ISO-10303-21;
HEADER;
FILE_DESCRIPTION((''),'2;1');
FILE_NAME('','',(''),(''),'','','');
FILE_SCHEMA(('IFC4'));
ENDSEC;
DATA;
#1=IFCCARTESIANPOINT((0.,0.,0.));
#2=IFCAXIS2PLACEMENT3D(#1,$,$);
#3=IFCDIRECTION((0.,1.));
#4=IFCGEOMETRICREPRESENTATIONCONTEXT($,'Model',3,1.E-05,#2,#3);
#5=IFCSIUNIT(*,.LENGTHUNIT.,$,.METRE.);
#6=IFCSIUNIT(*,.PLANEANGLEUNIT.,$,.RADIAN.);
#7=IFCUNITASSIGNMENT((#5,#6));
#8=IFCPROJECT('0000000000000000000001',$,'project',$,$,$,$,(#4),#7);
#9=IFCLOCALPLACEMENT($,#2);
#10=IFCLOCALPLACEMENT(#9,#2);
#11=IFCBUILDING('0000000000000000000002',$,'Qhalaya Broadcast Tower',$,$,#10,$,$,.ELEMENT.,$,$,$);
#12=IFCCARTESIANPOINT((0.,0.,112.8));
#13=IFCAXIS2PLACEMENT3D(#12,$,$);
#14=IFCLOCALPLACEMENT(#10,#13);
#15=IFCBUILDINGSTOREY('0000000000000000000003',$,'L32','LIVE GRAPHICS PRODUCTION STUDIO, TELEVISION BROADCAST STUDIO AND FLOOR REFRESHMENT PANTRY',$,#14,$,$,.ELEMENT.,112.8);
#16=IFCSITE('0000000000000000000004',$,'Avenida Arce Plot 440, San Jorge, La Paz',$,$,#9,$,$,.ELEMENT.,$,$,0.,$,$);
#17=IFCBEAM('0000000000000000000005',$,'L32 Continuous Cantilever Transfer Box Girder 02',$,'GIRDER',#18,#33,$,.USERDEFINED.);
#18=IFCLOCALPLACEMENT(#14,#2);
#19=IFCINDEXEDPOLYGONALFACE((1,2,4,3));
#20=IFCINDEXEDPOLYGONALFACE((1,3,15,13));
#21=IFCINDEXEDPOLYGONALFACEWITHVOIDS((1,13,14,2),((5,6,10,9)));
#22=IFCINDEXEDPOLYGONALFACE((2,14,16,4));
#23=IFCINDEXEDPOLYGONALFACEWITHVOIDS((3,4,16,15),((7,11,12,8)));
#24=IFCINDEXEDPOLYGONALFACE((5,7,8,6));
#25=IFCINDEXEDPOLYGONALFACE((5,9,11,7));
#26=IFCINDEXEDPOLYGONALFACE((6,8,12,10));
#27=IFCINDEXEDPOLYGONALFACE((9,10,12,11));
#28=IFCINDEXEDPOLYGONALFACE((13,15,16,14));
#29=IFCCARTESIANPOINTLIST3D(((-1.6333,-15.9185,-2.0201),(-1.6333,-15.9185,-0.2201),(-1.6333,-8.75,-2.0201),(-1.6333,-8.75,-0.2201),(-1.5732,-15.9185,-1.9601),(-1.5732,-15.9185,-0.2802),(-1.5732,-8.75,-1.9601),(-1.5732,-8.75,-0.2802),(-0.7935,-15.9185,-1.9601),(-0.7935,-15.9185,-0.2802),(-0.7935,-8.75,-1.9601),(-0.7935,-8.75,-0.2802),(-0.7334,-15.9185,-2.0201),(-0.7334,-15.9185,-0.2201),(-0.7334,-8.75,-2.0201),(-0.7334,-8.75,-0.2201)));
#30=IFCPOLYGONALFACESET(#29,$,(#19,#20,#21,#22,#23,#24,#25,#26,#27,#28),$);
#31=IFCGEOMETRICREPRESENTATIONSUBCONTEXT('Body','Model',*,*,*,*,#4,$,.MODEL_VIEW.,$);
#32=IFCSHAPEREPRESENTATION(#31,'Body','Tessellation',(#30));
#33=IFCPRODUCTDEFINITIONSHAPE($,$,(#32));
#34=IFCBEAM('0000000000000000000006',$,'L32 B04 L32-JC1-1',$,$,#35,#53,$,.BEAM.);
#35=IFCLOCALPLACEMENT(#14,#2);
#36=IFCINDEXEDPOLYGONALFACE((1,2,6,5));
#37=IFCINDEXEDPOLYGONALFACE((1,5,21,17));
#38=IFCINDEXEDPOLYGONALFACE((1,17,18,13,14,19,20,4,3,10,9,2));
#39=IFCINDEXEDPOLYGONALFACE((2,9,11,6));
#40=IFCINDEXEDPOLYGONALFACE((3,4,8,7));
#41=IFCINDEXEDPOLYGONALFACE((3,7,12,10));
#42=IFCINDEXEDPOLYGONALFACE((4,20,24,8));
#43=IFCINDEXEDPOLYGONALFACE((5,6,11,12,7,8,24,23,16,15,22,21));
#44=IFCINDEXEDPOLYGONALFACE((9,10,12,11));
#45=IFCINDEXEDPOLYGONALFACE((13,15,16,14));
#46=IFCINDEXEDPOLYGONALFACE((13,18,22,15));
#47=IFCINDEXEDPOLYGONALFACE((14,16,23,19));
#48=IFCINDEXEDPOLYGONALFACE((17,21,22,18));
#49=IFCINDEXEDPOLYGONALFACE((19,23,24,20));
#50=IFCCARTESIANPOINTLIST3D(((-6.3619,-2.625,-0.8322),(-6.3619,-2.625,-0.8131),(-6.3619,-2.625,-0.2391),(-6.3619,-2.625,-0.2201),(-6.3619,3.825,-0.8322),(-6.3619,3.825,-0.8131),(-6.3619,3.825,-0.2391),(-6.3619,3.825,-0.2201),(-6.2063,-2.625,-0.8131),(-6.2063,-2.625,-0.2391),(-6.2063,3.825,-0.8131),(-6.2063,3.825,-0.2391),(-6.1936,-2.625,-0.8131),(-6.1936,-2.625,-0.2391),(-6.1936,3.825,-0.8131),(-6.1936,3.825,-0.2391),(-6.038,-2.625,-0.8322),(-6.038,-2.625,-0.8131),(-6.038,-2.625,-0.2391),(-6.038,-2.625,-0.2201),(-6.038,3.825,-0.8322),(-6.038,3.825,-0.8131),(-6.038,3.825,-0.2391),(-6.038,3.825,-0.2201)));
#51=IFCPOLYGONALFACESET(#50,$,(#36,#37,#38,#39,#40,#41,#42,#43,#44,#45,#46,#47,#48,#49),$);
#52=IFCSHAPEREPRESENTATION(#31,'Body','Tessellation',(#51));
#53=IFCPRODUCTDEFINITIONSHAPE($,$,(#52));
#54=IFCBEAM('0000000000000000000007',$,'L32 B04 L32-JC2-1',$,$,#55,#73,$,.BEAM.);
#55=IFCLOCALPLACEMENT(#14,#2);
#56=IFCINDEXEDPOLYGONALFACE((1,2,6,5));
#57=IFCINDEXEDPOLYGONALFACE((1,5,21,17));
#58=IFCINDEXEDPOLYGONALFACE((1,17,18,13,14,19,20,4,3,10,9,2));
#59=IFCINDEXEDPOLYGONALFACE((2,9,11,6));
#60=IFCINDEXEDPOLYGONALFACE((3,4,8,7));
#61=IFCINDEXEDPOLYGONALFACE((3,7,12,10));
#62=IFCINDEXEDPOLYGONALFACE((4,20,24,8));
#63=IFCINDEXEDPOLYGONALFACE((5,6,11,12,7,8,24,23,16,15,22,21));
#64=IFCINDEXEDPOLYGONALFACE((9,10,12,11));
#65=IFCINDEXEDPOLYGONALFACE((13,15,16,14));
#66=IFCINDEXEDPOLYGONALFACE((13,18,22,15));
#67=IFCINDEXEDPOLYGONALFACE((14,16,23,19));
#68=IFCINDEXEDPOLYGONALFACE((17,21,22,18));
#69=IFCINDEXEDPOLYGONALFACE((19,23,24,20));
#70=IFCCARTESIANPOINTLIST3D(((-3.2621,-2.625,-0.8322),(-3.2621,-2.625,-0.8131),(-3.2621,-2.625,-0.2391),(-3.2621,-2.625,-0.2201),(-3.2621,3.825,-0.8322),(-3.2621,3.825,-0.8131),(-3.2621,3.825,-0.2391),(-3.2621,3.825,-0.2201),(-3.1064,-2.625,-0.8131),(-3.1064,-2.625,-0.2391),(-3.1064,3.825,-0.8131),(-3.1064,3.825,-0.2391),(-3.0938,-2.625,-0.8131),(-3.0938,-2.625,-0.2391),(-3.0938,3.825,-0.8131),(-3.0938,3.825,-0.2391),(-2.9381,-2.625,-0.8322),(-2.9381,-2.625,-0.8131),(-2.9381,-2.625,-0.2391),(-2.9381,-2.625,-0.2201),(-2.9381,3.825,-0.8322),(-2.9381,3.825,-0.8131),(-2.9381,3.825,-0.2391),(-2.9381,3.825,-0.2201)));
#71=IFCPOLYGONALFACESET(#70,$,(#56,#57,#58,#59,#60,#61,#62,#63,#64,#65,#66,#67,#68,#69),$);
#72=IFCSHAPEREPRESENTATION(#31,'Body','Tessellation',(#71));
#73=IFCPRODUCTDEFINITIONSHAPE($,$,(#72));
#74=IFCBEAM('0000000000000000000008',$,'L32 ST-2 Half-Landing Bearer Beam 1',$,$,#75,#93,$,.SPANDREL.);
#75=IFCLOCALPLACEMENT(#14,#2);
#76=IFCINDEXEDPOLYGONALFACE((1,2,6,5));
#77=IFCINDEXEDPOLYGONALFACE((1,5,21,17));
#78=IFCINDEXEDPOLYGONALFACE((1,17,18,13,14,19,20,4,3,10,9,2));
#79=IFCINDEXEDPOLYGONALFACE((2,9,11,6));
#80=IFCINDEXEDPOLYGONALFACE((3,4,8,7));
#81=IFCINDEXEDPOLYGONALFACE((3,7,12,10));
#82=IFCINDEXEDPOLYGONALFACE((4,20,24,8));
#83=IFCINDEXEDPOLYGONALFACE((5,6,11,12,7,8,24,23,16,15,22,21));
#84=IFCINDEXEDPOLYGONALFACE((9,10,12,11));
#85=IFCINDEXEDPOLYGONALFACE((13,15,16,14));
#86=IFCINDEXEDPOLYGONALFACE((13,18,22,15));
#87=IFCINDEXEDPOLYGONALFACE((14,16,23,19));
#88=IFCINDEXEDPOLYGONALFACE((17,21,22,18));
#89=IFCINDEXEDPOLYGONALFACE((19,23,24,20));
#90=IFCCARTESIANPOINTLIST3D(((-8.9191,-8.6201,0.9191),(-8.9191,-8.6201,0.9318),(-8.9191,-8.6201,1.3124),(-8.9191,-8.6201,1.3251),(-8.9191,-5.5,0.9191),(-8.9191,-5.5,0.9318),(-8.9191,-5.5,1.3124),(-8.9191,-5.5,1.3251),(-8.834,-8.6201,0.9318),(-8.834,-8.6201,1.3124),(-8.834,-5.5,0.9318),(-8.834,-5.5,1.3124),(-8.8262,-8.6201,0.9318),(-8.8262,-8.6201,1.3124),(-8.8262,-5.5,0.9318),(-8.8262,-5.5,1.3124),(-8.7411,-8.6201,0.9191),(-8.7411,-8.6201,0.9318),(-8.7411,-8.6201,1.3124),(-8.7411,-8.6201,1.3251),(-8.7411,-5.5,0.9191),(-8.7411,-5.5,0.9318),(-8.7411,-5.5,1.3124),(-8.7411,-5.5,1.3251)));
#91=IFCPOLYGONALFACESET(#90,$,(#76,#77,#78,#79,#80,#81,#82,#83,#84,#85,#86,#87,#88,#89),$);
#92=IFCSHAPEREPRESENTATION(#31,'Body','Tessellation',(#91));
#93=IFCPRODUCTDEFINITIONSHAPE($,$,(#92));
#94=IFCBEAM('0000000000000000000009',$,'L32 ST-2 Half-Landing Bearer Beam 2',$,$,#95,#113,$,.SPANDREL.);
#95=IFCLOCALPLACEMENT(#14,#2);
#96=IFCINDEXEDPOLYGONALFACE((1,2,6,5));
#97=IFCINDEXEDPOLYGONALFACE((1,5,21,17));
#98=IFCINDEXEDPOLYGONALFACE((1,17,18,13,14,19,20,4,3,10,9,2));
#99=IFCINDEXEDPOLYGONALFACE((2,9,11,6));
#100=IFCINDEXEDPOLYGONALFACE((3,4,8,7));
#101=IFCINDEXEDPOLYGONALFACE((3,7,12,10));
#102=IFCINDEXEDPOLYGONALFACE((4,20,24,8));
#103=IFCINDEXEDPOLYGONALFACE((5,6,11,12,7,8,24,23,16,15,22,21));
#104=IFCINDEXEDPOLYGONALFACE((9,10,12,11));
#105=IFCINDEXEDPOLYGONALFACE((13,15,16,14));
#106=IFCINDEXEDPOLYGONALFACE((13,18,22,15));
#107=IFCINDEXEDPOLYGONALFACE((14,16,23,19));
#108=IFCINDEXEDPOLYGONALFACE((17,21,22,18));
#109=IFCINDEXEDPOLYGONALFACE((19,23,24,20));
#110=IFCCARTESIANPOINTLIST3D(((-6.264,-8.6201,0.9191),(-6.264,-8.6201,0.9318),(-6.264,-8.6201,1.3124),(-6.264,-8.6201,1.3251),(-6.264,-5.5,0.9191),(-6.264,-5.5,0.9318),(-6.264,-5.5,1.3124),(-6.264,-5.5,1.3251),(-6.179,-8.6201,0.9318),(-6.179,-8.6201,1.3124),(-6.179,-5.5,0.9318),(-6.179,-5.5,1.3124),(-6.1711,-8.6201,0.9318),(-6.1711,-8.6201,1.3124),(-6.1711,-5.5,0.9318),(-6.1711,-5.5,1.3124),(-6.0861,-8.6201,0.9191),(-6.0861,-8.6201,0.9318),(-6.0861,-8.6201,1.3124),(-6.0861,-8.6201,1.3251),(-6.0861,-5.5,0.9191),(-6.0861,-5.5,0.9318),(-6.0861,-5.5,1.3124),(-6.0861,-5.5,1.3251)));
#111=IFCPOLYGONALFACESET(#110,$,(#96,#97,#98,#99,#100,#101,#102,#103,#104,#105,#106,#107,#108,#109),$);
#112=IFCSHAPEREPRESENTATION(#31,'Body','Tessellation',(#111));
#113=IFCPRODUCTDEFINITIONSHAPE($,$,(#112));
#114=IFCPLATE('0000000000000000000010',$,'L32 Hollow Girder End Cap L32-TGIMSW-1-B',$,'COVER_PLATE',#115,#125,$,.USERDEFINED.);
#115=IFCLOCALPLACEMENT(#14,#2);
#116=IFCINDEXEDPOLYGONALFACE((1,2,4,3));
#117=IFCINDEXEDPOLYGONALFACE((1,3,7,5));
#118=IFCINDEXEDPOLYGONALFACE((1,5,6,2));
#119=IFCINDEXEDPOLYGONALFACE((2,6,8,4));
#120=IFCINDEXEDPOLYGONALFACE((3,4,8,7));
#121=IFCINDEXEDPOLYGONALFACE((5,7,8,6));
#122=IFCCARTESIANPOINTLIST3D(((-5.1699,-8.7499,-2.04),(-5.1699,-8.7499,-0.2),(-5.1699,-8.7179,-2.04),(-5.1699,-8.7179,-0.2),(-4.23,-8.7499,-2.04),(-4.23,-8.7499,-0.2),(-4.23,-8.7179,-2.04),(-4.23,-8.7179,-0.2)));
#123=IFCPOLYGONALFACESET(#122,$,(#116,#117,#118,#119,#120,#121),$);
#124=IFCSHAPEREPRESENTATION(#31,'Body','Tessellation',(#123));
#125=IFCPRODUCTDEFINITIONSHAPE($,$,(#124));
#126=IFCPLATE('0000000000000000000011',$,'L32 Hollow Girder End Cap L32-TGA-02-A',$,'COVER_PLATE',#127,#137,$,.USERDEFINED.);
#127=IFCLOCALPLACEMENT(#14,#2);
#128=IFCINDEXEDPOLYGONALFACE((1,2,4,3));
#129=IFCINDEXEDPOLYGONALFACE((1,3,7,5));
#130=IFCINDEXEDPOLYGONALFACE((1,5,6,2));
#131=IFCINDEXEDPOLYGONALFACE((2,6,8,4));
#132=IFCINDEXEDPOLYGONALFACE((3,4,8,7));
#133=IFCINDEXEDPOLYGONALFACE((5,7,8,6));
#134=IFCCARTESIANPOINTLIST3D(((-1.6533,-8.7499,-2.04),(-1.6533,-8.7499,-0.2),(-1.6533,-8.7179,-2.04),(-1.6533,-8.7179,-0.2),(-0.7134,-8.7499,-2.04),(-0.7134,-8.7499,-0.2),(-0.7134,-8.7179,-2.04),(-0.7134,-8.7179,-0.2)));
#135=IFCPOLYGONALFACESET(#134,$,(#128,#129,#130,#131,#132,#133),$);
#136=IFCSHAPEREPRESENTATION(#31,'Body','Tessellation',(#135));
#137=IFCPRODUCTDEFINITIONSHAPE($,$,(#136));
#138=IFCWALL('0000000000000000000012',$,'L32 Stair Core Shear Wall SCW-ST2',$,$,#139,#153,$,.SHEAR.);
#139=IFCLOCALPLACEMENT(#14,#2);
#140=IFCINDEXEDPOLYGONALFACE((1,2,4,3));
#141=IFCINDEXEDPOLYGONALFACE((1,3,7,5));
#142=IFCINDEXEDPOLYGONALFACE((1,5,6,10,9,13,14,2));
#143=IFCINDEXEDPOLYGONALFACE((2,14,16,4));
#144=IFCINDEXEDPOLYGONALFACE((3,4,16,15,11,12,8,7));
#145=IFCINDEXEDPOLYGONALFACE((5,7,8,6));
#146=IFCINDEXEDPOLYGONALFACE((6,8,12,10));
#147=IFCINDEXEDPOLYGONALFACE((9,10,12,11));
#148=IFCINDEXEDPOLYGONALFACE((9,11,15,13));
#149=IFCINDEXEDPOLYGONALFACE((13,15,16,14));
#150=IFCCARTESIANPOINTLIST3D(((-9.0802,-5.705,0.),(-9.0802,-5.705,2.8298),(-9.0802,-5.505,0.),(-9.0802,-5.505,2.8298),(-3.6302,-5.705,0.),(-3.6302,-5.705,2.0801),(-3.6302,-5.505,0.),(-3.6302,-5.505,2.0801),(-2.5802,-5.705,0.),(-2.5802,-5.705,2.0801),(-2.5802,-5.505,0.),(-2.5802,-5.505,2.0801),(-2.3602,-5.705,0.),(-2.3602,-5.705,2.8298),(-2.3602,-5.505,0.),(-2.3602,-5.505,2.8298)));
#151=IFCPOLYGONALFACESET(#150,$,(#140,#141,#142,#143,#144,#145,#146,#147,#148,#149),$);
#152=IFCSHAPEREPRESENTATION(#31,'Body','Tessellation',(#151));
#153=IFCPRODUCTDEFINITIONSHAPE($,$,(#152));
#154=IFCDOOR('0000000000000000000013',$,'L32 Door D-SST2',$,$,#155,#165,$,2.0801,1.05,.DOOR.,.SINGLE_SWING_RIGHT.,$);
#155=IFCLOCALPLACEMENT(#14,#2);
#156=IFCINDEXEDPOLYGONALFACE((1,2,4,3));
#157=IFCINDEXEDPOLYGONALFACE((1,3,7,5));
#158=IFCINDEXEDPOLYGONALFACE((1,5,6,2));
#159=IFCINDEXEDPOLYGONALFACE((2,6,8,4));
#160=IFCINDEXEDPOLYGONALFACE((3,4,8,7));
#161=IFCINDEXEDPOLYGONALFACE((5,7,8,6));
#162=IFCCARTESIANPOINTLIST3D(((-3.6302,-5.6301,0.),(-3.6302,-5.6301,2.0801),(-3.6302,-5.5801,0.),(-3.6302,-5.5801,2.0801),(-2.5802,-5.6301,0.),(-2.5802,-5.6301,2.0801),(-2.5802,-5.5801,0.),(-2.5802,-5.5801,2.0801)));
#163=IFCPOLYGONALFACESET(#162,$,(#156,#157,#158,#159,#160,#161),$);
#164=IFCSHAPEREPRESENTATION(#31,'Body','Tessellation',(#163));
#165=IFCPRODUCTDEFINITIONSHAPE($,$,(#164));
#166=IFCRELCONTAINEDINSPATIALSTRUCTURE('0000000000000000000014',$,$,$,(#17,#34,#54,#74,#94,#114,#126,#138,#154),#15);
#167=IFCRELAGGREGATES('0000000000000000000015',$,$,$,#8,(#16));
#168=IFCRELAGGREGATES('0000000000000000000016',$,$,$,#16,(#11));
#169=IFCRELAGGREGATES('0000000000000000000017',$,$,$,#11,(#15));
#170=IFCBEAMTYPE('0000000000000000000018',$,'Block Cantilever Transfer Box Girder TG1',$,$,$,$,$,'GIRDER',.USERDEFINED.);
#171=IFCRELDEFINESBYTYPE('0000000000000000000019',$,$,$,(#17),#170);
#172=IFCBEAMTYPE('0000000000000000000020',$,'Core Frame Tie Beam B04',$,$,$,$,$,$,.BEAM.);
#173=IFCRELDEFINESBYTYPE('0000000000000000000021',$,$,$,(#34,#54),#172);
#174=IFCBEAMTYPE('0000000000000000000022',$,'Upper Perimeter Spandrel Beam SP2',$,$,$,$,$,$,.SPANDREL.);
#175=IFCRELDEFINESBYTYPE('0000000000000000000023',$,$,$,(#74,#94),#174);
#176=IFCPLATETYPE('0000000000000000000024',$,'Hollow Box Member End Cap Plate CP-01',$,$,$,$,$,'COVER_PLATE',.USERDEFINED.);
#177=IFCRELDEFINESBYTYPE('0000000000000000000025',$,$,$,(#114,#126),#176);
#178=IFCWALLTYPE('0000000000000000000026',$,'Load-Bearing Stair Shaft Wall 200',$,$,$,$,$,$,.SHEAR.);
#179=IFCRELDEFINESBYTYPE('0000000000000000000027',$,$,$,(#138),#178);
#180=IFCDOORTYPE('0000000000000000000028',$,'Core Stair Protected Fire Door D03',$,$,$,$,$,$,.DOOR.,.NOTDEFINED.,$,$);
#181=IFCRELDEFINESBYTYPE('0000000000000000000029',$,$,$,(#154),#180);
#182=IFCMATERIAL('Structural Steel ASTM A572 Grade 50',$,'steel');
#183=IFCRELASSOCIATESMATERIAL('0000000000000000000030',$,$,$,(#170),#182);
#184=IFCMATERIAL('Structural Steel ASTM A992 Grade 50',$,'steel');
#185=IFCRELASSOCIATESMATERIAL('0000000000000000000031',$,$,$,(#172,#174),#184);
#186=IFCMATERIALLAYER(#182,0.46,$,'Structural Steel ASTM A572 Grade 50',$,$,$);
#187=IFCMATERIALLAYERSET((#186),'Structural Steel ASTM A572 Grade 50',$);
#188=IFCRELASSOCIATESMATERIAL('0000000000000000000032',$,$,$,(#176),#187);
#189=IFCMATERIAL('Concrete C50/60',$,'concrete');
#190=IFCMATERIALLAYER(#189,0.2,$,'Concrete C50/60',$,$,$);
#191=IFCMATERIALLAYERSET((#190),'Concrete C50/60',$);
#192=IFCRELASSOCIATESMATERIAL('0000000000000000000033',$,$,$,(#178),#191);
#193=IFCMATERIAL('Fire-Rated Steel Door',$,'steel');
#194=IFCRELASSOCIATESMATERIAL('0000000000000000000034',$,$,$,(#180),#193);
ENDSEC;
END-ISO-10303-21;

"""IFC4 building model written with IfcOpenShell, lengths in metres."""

from ifc_helpers import new_model, si_unit, direction, frame, frame_2d, origin, origin_2d, place, context, subcontext, project, spatial, rectangle, hollow_rectangle, i_section, extrude, material, layer, layer_set, material_profile, profile_set, type_object, element, fill, save


model = new_model("IFC4")

# Units and contexts
model_context = context("Model", 3, precision=1e-05, world=origin(), true_north=direction((0.0, 1.0)))
body_context = subcontext(model_context, "Body", "Model", "MODEL_VIEW")
ifc_project = project(units=[si_unit("LENGTHUNIT", "METRE"), si_unit("PLANEANGLEUNIT", "RADIAN")], contexts=[model_context])

# Site, building, storey
site_placement = place(None, origin())
site = spatial("IfcSite", under=ifc_project, at=site_placement, Name="Avenida Arce Plot 440, San Jorge, La Paz", CompositionType="ELEMENT", RefElevation=0.0)
building_placement = place(site_placement, origin())
building = spatial("IfcBuilding", under=site, at=building_placement, Name="Qhalaya Broadcast Tower", CompositionType="ELEMENT")
storey_placement = place(building_placement, frame((0.0, 0.0, 112.8)))
storey = spatial("IfcBuildingStorey", under=building, at=storey_placement, Name="L32", Description="LIVE GRAPHICS PRODUCTION STUDIO, TELEVISION BROADCAST STUDIO AND FLOOR REFRESHMENT PANTRY", CompositionType="ELEMENT", Elevation=112.8)

# Beams
ifc_material_1 = material(Name="Structural Steel ASTM A572 Grade 50", Category="steel")
ifc_material_profile_1 = material_profile(ifc_material_1, hollow_rectangle(XDim=0.8999, YDim=1.8, WallThickness=0.0601, at=origin_2d()), Name="BOX 900x1800x60")
ifc_profile_set_1 = profile_set([ifc_material_profile_1], Name="Structural Steel ASTM A572 Grade 50")
beam_type_1 = type_object("IfcBeamType", Name="Block Cantilever Transfer Box Girder TG1", ElementType="GIRDER", PredefinedType="USERDEFINED", material=ifc_profile_set_1)
beam_placement = place(storey_placement, frame((-1.1833, -8.75, -1.1201), z_axis=(0.0, -1.0, 0.0), x_axis=(1.0, 0.0, 0.0)))
element("IfcBeam", 1, at=beam_placement, inside=storey, type_object=beam_type_1, Name="L32 Continuous Cantilever Transfer Box Girder 02", ObjectType="GIRDER", PredefinedType="USERDEFINED", context=body_context, shape_type="SweptSolid", body=[
    extrude(hollow_rectangle(XDim=0.8999, YDim=1.8, WallThickness=0.0601, at=origin_2d()), origin(), (0.0, 0.0, 1.0), 7.1685),
])
ifc_material_2 = material(Name="Structural Steel ASTM A992 Grade 50", Category="steel")
ifc_material_profile_2 = material_profile(ifc_material_2, i_section(OverallWidth=0.324, OverallDepth=0.6121, WebThickness=0.0127, FlangeThickness=0.019, at=origin_2d()), Name="W24X104")
ifc_profile_set_2 = profile_set([ifc_material_profile_2], Name="Structural Steel ASTM A992 Grade 50")
beam_type_2 = type_object("IfcBeamType", Name="Core Frame Tie Beam B04", PredefinedType="BEAM", material=ifc_profile_set_2)
for number, where, z_axis, x_axis, name in (
    (2, (-6.2, -2.625, -0.5261), (0.0, 1.0, 0.0), (-1.0, 0.0, 0.0), "L32 B04 L32-JC1-1"),
    (3, (-3.1001, -2.625, -0.5261), (0.0, 1.0, 0.0), (-1.0, 0.0, 0.0), "L32 B04 L32-JC2-1"),
):
    element("IfcBeam", number, at=place(storey_placement, frame(where, z_axis=z_axis, x_axis=x_axis)), inside=storey, type_object=beam_type_2, Name=name, PredefinedType="BEAM", context=body_context, shape_type="SweptSolid", body=[
        extrude(i_section(OverallWidth=0.324, OverallDepth=0.6121, WebThickness=0.0127, FlangeThickness=0.019, at=origin_2d()), origin(), (0.0, 0.0, 1.0), 6.45),
    ])
ifc_material_profile_3 = material_profile(ifc_material_2, i_section(OverallWidth=0.178, OverallDepth=0.406, WebThickness=0.0078, FlangeThickness=0.0127, at=origin_2d()), Name="W16X40")
ifc_profile_set_3 = profile_set([ifc_material_profile_3], Name="Structural Steel ASTM A992 Grade 50")
beam_type_3 = type_object("IfcBeamType", Name="Upper Perimeter Spandrel Beam SP2", PredefinedType="SPANDREL", material=ifc_profile_set_3)
for number, where, z_axis, x_axis, name in (
    (4, (-8.8301, -8.6201, 1.1221), (0.0, 1.0, 0.0), (-1.0, 0.0, 0.0), "L32 ST-2 Half-Landing Bearer Beam 1"),
    (5, (-6.175, -8.6201, 1.1221), (0.0, 1.0, 0.0), (-1.0, 0.0, 0.0), "L32 ST-2 Half-Landing Bearer Beam 2"),
):
    element("IfcBeam", number, at=place(storey_placement, frame(where, z_axis=z_axis, x_axis=x_axis)), inside=storey, type_object=beam_type_3, Name=name, PredefinedType="SPANDREL", context=body_context, shape_type="SweptSolid", body=[
        extrude(i_section(OverallWidth=0.178, OverallDepth=0.406, WebThickness=0.0078, FlangeThickness=0.0127, at=origin_2d()), origin(), (0.0, 0.0, 1.0), 3.1201),
    ])

# Plates
ifc_layer_1 = layer(ifc_material_1, 0.46, Name="Structural Steel ASTM A572 Grade 50")
ifc_layer_set_1 = layer_set([ifc_layer_1], Name="Structural Steel ASTM A572 Grade 50")
plate_type = type_object("IfcPlateType", Name="Hollow Box Member End Cap Plate CP-01", ElementType="COVER_PLATE", PredefinedType="USERDEFINED", material=ifc_layer_set_1)
for number, where, z_axis, x_axis, name in (
    (6, (-4.7, -8.7339, -2.04), (0.0, 0.0, 1.0), (-1.0, 0.0, 0.0), "L32 Hollow Girder End Cap L32-TGIMSW-1-B"),
    (7, (-1.1833, -8.7339, -2.04), (0.0, 0.0, 1.0), (1.0, 0.0, 0.0), "L32 Hollow Girder End Cap L32-TGA-02-A"),
):
    element("IfcPlate", number, at=place(storey_placement, frame(where, z_axis=z_axis, x_axis=x_axis)), inside=storey, type_object=plate_type, Name=name, ObjectType="COVER_PLATE", PredefinedType="USERDEFINED", context=body_context, shape_type="SweptSolid", body=[
        extrude(rectangle(XDim=0.9399, YDim=0.032, at=origin_2d()), origin(), (0.0, 0.0, 1.0), 1.8401),
    ])

# Wall, opening, door
ifc_material_3 = material(Name="Concrete C50/60", Category="concrete")
ifc_layer_2 = layer(ifc_material_3, 0.2, Name="Concrete C50/60")
ifc_layer_set_2 = layer_set([ifc_layer_2], Name="Concrete C50/60")
wall_type_1 = type_object("IfcWallType", Name="Load-Bearing Stair Shaft Wall 200", PredefinedType="SHEAR", material=ifc_layer_set_2)
wall_1_placement = place(storey_placement, frame((-9.0801, -5.605, 0.0), z_axis=(0.0, 0.0, 1.0), x_axis=(1.0, 0.0, 0.0)))
wall_1 = element("IfcWall", 8, at=wall_1_placement, inside=storey, type_object=wall_type_1, Name="L32 Stair Core Shear Wall SCW-ST2", PredefinedType="SHEAR", context=body_context, shape_type="SweptSolid", body=[
    extrude(rectangle(XDim=6.72, YDim=0.2, at=frame_2d((3.3599, 0.0))), origin(), (0.0, 0.0, 1.0), 2.8298),
])
opening_1_placement = place(wall_1_placement, frame((5.45, 0.0, 0.0)))
opening_1 = element("IfcOpeningElement", 9, at=opening_1_placement, cuts=wall_1, PredefinedType="OPENING", context=body_context, shape_type="SweptSolid", body=[
    extrude(rectangle(XDim=1.05, YDim=2.0801, at=frame_2d((0.5249, 1.04))), frame((0.0, 0.1121, 0.0), z_axis=(0.0, -1.0, 0.0), x_axis=(1.0, 0.0, 0.0)), (0.0, 0.0, 1.0), 0.2239),
])
ifc_material_4 = material(Name="Fire-Rated Steel Door", Category="steel")
door_type_1 = type_object("IfcDoorType", Name="Core Stair Protected Fire Door D03", OperationType="NOTDEFINED", PredefinedType="DOOR", material=ifc_material_4)
door_1_placement = place(opening_1_placement, origin())
door_1 = element("IfcDoor", 10, at=door_1_placement, inside=storey, type_object=door_type_1, Name="L32 Door D-SST2", OperationType="SINGLE_SWING_RIGHT", OverallHeight=2.0801, OverallWidth=1.05, PredefinedType="DOOR", context=body_context, shape_type="SweptSolid", body=[
    extrude(rectangle(XDim=1.05, YDim=2.0801, at=frame_2d((0.5249, 1.04))), frame((0.0, 0.0249, 0.0), z_axis=(0.0, -1.0, 0.0), x_axis=(1.0, 0.0, 0.0)), (0.0, 0.0, 1.0), 0.05),
])
fill(opening_1, door_1)

save(model, "model.ifc")
